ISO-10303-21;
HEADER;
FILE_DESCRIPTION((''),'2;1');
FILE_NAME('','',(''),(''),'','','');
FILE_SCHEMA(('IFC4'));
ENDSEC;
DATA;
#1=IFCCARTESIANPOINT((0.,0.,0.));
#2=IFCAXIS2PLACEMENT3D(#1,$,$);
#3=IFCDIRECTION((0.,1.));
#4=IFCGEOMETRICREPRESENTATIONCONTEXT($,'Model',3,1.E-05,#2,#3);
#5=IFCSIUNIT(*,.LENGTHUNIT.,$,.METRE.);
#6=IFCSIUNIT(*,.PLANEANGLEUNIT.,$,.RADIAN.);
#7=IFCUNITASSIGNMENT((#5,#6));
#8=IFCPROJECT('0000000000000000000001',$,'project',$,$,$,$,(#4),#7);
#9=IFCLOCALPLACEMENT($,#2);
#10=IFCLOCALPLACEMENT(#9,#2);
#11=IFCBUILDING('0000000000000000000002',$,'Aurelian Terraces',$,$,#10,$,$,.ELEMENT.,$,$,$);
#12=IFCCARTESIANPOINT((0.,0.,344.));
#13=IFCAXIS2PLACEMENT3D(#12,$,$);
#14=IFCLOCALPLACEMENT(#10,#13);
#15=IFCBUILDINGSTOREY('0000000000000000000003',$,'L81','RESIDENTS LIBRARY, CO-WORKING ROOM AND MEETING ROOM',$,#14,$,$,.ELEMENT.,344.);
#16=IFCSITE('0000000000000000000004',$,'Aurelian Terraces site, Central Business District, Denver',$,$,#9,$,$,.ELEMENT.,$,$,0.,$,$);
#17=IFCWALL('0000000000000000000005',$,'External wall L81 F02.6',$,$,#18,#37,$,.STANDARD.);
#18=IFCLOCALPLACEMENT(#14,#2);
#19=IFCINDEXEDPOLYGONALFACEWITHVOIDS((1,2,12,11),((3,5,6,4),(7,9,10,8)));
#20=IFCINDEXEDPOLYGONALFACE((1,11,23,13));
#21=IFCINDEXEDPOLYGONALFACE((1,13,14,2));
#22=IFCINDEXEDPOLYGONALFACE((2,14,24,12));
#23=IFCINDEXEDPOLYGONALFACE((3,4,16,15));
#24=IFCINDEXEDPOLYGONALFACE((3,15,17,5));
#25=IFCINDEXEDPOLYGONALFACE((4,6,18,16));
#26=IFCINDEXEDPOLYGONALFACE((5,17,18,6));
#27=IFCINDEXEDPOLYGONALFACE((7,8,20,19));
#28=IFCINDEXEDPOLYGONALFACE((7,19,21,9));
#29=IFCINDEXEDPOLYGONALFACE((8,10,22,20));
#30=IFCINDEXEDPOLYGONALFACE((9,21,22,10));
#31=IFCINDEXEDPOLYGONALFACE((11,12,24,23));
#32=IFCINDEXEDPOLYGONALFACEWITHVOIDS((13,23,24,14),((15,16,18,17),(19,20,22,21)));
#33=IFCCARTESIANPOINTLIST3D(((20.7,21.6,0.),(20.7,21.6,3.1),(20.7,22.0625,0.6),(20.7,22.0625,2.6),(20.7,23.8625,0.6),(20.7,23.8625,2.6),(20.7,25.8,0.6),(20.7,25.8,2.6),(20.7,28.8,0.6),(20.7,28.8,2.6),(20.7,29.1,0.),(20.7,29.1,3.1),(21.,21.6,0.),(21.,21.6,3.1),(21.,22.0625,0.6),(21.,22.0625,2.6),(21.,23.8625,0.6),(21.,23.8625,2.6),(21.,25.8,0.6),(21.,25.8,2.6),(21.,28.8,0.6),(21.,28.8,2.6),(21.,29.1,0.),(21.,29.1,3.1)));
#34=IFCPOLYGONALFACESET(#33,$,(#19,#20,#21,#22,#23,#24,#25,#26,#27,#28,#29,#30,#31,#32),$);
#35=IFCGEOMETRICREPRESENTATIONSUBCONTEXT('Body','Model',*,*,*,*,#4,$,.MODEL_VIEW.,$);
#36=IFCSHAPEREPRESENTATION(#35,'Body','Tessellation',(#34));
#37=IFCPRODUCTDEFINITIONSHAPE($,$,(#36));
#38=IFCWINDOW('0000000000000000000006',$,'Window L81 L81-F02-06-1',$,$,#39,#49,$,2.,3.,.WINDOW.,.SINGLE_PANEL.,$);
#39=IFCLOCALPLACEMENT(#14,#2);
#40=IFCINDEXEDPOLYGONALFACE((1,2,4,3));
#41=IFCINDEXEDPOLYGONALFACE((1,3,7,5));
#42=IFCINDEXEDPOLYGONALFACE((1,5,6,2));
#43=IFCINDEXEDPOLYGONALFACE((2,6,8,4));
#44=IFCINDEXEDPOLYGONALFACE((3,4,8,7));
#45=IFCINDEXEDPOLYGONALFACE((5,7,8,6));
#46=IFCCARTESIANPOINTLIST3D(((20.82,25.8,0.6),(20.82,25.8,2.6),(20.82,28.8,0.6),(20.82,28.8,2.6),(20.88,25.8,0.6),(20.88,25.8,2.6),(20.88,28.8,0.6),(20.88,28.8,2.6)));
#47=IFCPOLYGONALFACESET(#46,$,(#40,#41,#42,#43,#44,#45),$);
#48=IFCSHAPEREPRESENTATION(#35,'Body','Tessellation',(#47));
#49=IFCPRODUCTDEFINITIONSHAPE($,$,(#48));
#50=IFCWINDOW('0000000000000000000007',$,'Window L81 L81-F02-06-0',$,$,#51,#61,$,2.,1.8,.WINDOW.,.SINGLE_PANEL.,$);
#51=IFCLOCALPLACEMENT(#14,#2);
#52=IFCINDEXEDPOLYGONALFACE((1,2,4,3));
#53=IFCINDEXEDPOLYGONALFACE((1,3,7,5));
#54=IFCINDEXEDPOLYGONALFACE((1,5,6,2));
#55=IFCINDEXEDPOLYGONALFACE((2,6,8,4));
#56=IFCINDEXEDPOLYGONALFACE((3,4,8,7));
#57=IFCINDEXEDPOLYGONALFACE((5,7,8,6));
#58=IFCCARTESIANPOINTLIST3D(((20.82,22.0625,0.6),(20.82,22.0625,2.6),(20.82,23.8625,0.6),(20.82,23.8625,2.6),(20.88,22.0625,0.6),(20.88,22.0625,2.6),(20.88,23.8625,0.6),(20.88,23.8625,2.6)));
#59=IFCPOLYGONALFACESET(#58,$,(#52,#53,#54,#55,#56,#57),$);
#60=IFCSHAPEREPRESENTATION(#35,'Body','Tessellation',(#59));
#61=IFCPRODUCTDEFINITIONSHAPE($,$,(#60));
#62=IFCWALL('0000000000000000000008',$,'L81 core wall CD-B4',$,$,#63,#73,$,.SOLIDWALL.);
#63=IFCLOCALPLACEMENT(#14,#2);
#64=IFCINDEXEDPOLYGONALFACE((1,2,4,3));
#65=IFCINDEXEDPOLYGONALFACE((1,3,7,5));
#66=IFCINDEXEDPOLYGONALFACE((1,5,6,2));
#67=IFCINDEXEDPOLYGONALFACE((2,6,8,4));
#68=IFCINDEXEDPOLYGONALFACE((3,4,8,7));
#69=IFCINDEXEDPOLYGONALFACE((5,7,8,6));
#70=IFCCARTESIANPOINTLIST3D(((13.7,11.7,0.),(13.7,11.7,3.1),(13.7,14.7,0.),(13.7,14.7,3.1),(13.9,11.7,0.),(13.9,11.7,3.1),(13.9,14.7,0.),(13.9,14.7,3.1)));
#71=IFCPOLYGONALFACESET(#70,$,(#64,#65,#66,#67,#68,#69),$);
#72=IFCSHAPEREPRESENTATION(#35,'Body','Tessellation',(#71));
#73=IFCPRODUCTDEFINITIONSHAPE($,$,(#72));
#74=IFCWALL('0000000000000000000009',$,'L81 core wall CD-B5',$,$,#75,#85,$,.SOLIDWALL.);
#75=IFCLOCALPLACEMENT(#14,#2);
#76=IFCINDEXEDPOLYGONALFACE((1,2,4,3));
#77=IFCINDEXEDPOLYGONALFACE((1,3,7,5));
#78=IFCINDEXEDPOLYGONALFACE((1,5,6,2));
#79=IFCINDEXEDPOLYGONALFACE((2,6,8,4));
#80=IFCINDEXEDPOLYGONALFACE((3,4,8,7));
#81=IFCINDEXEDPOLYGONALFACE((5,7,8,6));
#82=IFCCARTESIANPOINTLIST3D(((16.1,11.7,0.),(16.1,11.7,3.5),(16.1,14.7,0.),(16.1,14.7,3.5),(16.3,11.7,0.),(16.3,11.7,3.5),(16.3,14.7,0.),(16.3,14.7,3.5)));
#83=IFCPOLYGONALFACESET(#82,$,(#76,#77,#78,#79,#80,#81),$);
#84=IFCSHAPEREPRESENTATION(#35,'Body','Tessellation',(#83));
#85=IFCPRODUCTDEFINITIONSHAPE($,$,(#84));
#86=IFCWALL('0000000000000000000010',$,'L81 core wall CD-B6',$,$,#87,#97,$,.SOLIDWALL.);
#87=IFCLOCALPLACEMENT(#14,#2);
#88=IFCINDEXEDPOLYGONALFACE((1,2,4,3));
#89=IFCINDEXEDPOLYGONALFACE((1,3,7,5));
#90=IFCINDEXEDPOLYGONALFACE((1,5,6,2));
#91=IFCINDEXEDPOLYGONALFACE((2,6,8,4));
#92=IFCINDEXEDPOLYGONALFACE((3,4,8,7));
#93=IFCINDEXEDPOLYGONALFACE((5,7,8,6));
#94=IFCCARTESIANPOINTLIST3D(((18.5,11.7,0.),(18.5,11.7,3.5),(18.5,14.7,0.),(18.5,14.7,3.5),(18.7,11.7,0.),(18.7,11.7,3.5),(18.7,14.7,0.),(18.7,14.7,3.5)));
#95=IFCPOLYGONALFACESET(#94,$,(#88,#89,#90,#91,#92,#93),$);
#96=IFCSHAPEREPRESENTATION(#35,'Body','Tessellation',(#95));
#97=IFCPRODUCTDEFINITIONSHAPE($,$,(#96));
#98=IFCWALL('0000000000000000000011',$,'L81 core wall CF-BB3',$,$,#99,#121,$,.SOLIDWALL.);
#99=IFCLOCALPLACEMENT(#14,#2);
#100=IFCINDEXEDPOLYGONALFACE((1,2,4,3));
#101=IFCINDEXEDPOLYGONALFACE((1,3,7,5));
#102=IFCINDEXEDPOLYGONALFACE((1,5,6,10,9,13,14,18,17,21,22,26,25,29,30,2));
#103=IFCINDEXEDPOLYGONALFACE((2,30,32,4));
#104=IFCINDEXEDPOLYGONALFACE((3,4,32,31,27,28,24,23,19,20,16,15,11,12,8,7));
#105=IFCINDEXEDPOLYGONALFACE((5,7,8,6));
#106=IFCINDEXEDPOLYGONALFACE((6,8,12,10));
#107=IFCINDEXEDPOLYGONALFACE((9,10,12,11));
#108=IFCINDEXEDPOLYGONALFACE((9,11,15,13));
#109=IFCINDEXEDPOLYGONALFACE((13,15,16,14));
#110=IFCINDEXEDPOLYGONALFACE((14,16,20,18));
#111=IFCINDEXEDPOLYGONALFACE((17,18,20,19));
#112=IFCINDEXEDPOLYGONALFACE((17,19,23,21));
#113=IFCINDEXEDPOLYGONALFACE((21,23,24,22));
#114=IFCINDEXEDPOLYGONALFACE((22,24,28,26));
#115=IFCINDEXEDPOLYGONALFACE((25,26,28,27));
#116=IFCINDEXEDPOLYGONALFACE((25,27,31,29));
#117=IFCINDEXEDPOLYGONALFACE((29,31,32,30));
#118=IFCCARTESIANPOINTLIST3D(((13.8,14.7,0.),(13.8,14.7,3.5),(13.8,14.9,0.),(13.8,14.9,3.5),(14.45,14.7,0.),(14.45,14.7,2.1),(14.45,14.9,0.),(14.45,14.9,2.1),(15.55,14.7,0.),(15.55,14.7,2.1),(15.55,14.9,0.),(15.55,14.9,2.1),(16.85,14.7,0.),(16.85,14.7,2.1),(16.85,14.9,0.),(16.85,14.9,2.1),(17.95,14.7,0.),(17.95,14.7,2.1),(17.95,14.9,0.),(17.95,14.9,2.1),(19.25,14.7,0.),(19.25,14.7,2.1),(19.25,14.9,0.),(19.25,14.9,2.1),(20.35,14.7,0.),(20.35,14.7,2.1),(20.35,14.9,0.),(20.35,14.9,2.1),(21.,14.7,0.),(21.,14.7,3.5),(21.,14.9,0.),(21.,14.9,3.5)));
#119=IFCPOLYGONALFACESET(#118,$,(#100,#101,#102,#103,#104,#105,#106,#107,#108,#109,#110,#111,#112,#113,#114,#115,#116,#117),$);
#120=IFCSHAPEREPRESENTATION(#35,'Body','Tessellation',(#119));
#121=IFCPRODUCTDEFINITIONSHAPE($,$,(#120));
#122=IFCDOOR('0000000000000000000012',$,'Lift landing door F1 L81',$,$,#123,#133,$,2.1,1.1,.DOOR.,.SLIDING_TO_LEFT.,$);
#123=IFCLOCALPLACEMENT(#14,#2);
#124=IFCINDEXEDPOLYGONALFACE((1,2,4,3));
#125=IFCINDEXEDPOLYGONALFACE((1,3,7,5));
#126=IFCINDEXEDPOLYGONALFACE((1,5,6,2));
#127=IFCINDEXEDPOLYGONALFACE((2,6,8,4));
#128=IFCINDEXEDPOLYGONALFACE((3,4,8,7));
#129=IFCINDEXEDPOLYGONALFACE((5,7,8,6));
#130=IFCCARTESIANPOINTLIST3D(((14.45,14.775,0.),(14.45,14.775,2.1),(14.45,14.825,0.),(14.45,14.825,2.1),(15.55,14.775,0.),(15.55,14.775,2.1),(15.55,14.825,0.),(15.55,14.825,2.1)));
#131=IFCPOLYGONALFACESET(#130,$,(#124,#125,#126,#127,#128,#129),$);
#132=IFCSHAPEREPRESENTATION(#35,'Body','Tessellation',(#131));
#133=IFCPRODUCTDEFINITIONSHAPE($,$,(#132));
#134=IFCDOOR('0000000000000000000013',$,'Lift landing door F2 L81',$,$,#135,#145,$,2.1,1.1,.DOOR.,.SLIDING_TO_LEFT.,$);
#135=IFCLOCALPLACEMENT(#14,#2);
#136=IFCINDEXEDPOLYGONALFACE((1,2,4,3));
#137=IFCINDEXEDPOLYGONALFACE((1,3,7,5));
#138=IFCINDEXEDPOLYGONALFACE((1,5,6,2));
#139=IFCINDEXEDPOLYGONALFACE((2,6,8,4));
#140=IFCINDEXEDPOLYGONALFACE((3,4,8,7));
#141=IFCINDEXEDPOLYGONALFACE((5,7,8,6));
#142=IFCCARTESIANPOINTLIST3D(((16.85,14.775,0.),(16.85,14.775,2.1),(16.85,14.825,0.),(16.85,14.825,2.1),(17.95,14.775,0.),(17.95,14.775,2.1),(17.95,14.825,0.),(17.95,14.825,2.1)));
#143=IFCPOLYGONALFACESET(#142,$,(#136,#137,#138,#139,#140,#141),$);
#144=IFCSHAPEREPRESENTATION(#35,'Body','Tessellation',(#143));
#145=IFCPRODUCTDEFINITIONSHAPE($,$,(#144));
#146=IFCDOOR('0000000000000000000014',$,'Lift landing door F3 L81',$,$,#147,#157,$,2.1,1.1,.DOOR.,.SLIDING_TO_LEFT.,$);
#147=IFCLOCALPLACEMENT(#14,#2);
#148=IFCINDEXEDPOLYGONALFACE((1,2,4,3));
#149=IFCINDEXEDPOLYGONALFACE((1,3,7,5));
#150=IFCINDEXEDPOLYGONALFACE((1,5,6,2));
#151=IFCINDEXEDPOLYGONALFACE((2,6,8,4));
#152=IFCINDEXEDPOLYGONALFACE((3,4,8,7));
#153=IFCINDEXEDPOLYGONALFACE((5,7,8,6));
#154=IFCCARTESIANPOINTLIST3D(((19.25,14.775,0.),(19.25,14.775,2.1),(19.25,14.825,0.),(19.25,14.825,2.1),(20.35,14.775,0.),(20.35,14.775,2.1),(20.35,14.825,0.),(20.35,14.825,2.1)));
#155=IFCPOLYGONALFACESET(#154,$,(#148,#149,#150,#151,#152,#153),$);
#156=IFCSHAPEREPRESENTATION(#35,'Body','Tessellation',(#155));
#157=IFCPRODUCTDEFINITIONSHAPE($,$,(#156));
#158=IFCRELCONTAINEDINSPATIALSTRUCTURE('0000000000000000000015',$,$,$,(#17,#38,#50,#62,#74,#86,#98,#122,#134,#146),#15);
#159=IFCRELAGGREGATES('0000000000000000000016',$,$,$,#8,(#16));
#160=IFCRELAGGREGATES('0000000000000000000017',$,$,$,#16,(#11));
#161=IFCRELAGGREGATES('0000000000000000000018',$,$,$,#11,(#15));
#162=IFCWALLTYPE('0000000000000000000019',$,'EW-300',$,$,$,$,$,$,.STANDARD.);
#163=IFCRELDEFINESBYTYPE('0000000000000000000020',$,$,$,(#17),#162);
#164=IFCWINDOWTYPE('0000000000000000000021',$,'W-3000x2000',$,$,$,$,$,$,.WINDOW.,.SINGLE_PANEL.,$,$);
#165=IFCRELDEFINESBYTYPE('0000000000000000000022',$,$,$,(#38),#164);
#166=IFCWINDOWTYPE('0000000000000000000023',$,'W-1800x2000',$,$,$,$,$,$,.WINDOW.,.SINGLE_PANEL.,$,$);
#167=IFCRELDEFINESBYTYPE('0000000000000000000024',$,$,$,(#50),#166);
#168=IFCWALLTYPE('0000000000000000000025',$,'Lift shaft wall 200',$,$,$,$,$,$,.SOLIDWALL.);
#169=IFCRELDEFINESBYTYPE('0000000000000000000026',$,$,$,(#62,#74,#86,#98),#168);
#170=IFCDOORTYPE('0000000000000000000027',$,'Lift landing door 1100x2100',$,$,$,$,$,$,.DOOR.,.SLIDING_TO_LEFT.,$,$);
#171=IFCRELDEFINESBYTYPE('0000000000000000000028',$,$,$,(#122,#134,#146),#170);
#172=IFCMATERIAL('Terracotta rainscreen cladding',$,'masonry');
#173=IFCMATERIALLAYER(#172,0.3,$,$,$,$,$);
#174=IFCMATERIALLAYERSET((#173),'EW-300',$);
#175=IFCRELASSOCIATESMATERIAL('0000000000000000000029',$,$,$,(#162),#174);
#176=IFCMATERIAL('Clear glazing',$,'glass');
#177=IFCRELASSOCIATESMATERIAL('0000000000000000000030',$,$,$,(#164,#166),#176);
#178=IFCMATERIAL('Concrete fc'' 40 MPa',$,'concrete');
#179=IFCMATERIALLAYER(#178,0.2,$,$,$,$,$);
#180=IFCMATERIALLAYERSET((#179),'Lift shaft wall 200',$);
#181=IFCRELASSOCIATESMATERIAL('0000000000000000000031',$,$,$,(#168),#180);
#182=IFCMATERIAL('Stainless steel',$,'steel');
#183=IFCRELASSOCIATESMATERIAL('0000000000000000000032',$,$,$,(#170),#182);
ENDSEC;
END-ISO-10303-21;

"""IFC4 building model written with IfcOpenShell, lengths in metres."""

from ifc_helpers import new_model, si_unit, direction, frame, frame_2d, origin, place, context, subcontext, project, spatial, rectangle, extrude, source, transform, mapped, material, layer, layer_set, type_object, element, fill, save


model = new_model("IFC4")

# Units and contexts
model_context = context("Model", 3, precision=1e-05, world=origin(), true_north=direction((0.0, 1.0)))
body_context = subcontext(model_context, "Body", "Model", "MODEL_VIEW")
ifc_project = project(units=[si_unit("LENGTHUNIT", "METRE"), si_unit("PLANEANGLEUNIT", "RADIAN")], contexts=[model_context])

# Site, building, storey
site_placement = place(None, origin())
site = spatial("IfcSite", under=ifc_project, at=site_placement, Name="Aurelian Terraces site, Central Business District, Denver", CompositionType="ELEMENT", RefElevation=0.0)
building_placement = place(site_placement, origin())
building = spatial("IfcBuilding", under=site, at=building_placement, Name="Aurelian Terraces", CompositionType="ELEMENT")
storey_placement = place(building_placement, frame((0.0, 0.0, 344.0)))
storey = spatial("IfcBuildingStorey", under=building, at=storey_placement, Name="L81", Description="RESIDENTS LIBRARY, CO-WORKING ROOM AND MEETING ROOM", CompositionType="ELEMENT", Elevation=344.0)

# Wall, openings, windows
ifc_material_1 = material(Name="Terracotta rainscreen cladding", Category="masonry")
ifc_layer_1 = layer(ifc_material_1, 0.3)
ifc_layer_set_1 = layer_set([ifc_layer_1], Name="EW-300")
wall_type_1 = type_object("IfcWallType", Name="EW-300", PredefinedType="STANDARD", material=ifc_layer_set_1)
shared_shape_1 = source(origin(), body_context, "Body", "SweptSolid", [
    extrude(rectangle(XDim=7.5, YDim=0.3, at=frame_2d((3.75, 0.0))), origin(), (0.0, 0.0, 1.0), 3.1),
])
wall_1_placement = place(storey_placement, frame((20.85, 21.6, 0.0), z_axis=(0.0, 0.0, 1.0), x_axis=(0.0, 1.0, 0.0)))
wall_1 = element("IfcWall", 1, at=wall_1_placement, inside=storey, type_object=wall_type_1, Name="External wall L81 F02.6", PredefinedType="STANDARD", context=body_context, shape_type="MappedRepresentation", body=[
    mapped(shared_shape_1, transform((0.0, 0.0, 0.0), scale=1.0)),
])
shared_shape_2 = source(origin(), body_context, "Body", "SweptSolid", [
    extrude(rectangle(XDim=1.8, YDim=2.0, at=frame_2d((0.9, 1.0))), frame((0.0, 0.16, 0.0), z_axis=(0.0, -1.0, 0.0), x_axis=(1.0, 0.0, 0.0)), (0.0, 0.0, 1.0), 0.32),
])
opening_1_placement = place(wall_1_placement, frame((0.4625, 0.0, 0.6)))
opening_1 = element("IfcOpeningElement", 2, at=opening_1_placement, cuts=wall_1, PredefinedType="OPENING", context=body_context, shape_type="MappedRepresentation", body=[
    mapped(shared_shape_2, transform((0.0, 0.0, 0.0), scale=1.0)),
])
shared_shape_3 = source(origin(), body_context, "Body", "SweptSolid", [
    extrude(rectangle(XDim=3.0, YDim=2.0, at=frame_2d((1.5, 1.0))), frame((0.0, 0.16, 0.0), z_axis=(0.0, -1.0, 0.0), x_axis=(1.0, 0.0, 0.0)), (0.0, 0.0, 1.0), 0.32),
])
opening_2_placement = place(wall_1_placement, frame((4.2, 0.0, 0.6)))
opening_2 = element("IfcOpeningElement", 3, at=opening_2_placement, cuts=wall_1, PredefinedType="OPENING", context=body_context, shape_type="MappedRepresentation", body=[
    mapped(shared_shape_3, transform((0.0, 0.0, 0.0), scale=1.0)),
])
ifc_material_2 = material(Name="Clear glazing", Category="glass")
window_type_1 = type_object("IfcWindowType", Name="W-3000x2000", PartitioningType="SINGLE_PANEL", PredefinedType="WINDOW", material=ifc_material_2)
shared_shape_4 = source(origin(), body_context, "Body", "SweptSolid", [
    extrude(rectangle(XDim=3.0, YDim=2.0, at=frame_2d((1.5, 1.0))), frame((0.0, 0.03, 0.0), z_axis=(0.0, -1.0, 0.0), x_axis=(1.0, 0.0, 0.0)), (0.0, 0.0, 1.0), 0.06),
])
window_1_placement = place(opening_2_placement, origin())
window_1 = element("IfcWindow", 4, at=window_1_placement, inside=storey, type_object=window_type_1, Name="Window L81 L81-F02-06-1", OverallHeight=2.0, OverallWidth=3.0, PartitioningType="SINGLE_PANEL", PredefinedType="WINDOW", context=body_context, shape_type="MappedRepresentation", body=[
    mapped(shared_shape_4, transform((0.0, 0.0, 0.0), scale=1.0)),
])
fill(opening_2, window_1)
window_type_2 = type_object("IfcWindowType", Name="W-1800x2000", PartitioningType="SINGLE_PANEL", PredefinedType="WINDOW", material=ifc_material_2)
shared_shape_5 = source(origin(), body_context, "Body", "SweptSolid", [
    extrude(rectangle(XDim=1.8, YDim=2.0, at=frame_2d((0.9, 1.0))), frame((0.0, 0.03, 0.0), z_axis=(0.0, -1.0, 0.0), x_axis=(1.0, 0.0, 0.0)), (0.0, 0.0, 1.0), 0.06),
])
window_2_placement = place(opening_1_placement, origin())
window_2 = element("IfcWindow", 5, at=window_2_placement, inside=storey, type_object=window_type_2, Name="Window L81 L81-F02-06-0", OverallHeight=2.0, OverallWidth=1.8, PartitioningType="SINGLE_PANEL", PredefinedType="WINDOW", context=body_context, shape_type="MappedRepresentation", body=[
    mapped(shared_shape_5, transform((0.0, 0.0, 0.0), scale=1.0)),
])
fill(opening_1, window_2)

# Walls
ifc_material_3 = material(Name="Concrete fc' 40 MPa", Category="concrete")
ifc_layer_2 = layer(ifc_material_3, 0.2)
ifc_layer_set_2 = layer_set([ifc_layer_2], Name="Lift shaft wall 200")
wall_type_2 = type_object("IfcWallType", Name="Lift shaft wall 200", PredefinedType="SOLIDWALL", material=ifc_layer_set_2)
shared_shape_6 = source(origin(), body_context, "Body", "SweptSolid", [
    extrude(rectangle(XDim=3.0, YDim=0.2, at=frame_2d((1.5, 0.0))), origin(), (0.0, 0.0, 1.0), 3.1),
])
wall_2_placement = place(storey_placement, frame((13.8, 11.7, 0.0), z_axis=(0.0, 0.0, 1.0), x_axis=(0.0, 1.0, 0.0)))
element("IfcWall", 6, at=wall_2_placement, inside=storey, type_object=wall_type_2, Name="L81 core wall CD-B4", PredefinedType="SOLIDWALL", context=body_context, shape_type="MappedRepresentation", body=[
    mapped(shared_shape_6, transform((0.0, 0.0, 0.0), scale=1.0)),
])
shared_shape_7 = source(origin(), body_context, "Body", "SweptSolid", [
    extrude(rectangle(XDim=3.0, YDim=0.2, at=frame_2d((1.5, 0.0))), origin(), (0.0, 0.0, 1.0), 3.5),
])
for number, where, z_axis, x_axis, name in (
    (7, (16.2, 11.7, 0.0), (0.0, 0.0, 1.0), (0.0, 1.0, 0.0), "L81 core wall CD-B5"),
    (8, (18.6, 11.7, 0.0), (0.0, 0.0, 1.0), (0.0, 1.0, 0.0), "L81 core wall CD-B6"),
):
    element("IfcWall", number, at=place(storey_placement, frame(where, z_axis=z_axis, x_axis=x_axis)), inside=storey, type_object=wall_type_2, Name=name, PredefinedType="SOLIDWALL", context=body_context, shape_type="MappedRepresentation", body=[
        mapped(shared_shape_7, transform((0.0, 0.0, 0.0), scale=1.0)),
    ])

# Wall, openings, doors
shared_shape_8 = source(origin(), body_context, "Body", "SweptSolid", [
    extrude(rectangle(XDim=7.2, YDim=0.2, at=frame_2d((3.6, 0.0))), origin(), (0.0, 0.0, 1.0), 3.5),
])
wall_3_placement = place(storey_placement, frame((13.8, 14.8, 0.0), z_axis=(0.0, 0.0, 1.0), x_axis=(1.0, 0.0, 0.0)))
wall_3 = element("IfcWall", 9, at=wall_3_placement, inside=storey, type_object=wall_type_2, Name="L81 core wall CF-BB3", PredefinedType="SOLIDWALL", context=body_context, shape_type="MappedRepresentation", body=[
    mapped(shared_shape_8, transform((0.0, 0.0, 0.0), scale=1.0)),
])
shared_shape_9 = source(origin(), body_context, "Body", "SweptSolid", [
    extrude(rectangle(XDim=1.1, YDim=2.1, at=frame_2d((0.55, 1.05))), frame((0.0, 0.11, 0.0), z_axis=(0.0, -1.0, 0.0), x_axis=(1.0, 0.0, 0.0)), (0.0, 0.0, 1.0), 0.22),
])
opening_3_placement = place(wall_3_placement, frame((0.65, 0.0, 0.0)))
opening_3 = element("IfcOpeningElement", 10, at=opening_3_placement, cuts=wall_3, PredefinedType="OPENING", context=body_context, shape_type="MappedRepresentation", body=[
    mapped(shared_shape_9, transform((0.0, 0.0, 0.0), scale=1.0)),
])
opening_4_placement = place(wall_3_placement, frame((3.05, 0.0, 0.0)))
opening_4 = element("IfcOpeningElement", 11, at=opening_4_placement, cuts=wall_3, PredefinedType="OPENING", context=body_context, shape_type="MappedRepresentation", body=[
    mapped(shared_shape_9, transform((0.0, 0.0, 0.0), scale=1.0)),
])
opening_5_placement = place(wall_3_placement, frame((5.45, 0.0, 0.0)))
opening_5 = element("IfcOpeningElement", 12, at=opening_5_placement, cuts=wall_3, PredefinedType="OPENING", context=body_context, shape_type="MappedRepresentation", body=[
    mapped(shared_shape_9, transform((0.0, 0.0, 0.0), scale=1.0)),
])
ifc_material_4 = material(Name="Stainless steel", Category="steel")
door_type_1 = type_object("IfcDoorType", Name="Lift landing door 1100x2100", OperationType="SLIDING_TO_LEFT", PredefinedType="DOOR", material=ifc_material_4)
shared_shape_10 = source(origin(), body_context, "Body", "SweptSolid", [
    extrude(rectangle(XDim=1.1, YDim=2.1, at=frame_2d((0.55, 1.05))), frame((0.0, 0.025, 0.0), z_axis=(0.0, -1.0, 0.0), x_axis=(1.0, 0.0, 0.0)), (0.0, 0.0, 1.0), 0.05),
])
door_1_placement = place(opening_3_placement, origin())
door_1 = element("IfcDoor", 13, at=door_1_placement, inside=storey, type_object=door_type_1, Name="Lift landing door F1 L81", OperationType="SLIDING_TO_LEFT", OverallHeight=2.1, OverallWidth=1.1, PredefinedType="DOOR", context=body_context, shape_type="MappedRepresentation", body=[
    mapped(shared_shape_10, transform((0.0, 0.0, 0.0), scale=1.0)),
])
fill(opening_3, door_1)
door_2_placement = place(opening_4_placement, origin())
door_2 = element("IfcDoor", 14, at=door_2_placement, inside=storey, type_object=door_type_1, Name="Lift landing door F2 L81", OperationType="SLIDING_TO_LEFT", OverallHeight=2.1, OverallWidth=1.1, PredefinedType="DOOR", context=body_context, shape_type="MappedRepresentation", body=[
    mapped(shared_shape_10, transform((0.0, 0.0, 0.0), scale=1.0)),
])
fill(opening_4, door_2)
door_3_placement = place(opening_5_placement, origin())
door_3 = element("IfcDoor", 15, at=door_3_placement, inside=storey, type_object=door_type_1, Name="Lift landing door F3 L81", OperationType="SLIDING_TO_LEFT", OverallHeight=2.1, OverallWidth=1.1, PredefinedType="DOOR", context=body_context, shape_type="MappedRepresentation", body=[
    mapped(shared_shape_10, transform((0.0, 0.0, 0.0), scale=1.0)),
])
fill(opening_5, door_3)

save(model, "model.ifc")
